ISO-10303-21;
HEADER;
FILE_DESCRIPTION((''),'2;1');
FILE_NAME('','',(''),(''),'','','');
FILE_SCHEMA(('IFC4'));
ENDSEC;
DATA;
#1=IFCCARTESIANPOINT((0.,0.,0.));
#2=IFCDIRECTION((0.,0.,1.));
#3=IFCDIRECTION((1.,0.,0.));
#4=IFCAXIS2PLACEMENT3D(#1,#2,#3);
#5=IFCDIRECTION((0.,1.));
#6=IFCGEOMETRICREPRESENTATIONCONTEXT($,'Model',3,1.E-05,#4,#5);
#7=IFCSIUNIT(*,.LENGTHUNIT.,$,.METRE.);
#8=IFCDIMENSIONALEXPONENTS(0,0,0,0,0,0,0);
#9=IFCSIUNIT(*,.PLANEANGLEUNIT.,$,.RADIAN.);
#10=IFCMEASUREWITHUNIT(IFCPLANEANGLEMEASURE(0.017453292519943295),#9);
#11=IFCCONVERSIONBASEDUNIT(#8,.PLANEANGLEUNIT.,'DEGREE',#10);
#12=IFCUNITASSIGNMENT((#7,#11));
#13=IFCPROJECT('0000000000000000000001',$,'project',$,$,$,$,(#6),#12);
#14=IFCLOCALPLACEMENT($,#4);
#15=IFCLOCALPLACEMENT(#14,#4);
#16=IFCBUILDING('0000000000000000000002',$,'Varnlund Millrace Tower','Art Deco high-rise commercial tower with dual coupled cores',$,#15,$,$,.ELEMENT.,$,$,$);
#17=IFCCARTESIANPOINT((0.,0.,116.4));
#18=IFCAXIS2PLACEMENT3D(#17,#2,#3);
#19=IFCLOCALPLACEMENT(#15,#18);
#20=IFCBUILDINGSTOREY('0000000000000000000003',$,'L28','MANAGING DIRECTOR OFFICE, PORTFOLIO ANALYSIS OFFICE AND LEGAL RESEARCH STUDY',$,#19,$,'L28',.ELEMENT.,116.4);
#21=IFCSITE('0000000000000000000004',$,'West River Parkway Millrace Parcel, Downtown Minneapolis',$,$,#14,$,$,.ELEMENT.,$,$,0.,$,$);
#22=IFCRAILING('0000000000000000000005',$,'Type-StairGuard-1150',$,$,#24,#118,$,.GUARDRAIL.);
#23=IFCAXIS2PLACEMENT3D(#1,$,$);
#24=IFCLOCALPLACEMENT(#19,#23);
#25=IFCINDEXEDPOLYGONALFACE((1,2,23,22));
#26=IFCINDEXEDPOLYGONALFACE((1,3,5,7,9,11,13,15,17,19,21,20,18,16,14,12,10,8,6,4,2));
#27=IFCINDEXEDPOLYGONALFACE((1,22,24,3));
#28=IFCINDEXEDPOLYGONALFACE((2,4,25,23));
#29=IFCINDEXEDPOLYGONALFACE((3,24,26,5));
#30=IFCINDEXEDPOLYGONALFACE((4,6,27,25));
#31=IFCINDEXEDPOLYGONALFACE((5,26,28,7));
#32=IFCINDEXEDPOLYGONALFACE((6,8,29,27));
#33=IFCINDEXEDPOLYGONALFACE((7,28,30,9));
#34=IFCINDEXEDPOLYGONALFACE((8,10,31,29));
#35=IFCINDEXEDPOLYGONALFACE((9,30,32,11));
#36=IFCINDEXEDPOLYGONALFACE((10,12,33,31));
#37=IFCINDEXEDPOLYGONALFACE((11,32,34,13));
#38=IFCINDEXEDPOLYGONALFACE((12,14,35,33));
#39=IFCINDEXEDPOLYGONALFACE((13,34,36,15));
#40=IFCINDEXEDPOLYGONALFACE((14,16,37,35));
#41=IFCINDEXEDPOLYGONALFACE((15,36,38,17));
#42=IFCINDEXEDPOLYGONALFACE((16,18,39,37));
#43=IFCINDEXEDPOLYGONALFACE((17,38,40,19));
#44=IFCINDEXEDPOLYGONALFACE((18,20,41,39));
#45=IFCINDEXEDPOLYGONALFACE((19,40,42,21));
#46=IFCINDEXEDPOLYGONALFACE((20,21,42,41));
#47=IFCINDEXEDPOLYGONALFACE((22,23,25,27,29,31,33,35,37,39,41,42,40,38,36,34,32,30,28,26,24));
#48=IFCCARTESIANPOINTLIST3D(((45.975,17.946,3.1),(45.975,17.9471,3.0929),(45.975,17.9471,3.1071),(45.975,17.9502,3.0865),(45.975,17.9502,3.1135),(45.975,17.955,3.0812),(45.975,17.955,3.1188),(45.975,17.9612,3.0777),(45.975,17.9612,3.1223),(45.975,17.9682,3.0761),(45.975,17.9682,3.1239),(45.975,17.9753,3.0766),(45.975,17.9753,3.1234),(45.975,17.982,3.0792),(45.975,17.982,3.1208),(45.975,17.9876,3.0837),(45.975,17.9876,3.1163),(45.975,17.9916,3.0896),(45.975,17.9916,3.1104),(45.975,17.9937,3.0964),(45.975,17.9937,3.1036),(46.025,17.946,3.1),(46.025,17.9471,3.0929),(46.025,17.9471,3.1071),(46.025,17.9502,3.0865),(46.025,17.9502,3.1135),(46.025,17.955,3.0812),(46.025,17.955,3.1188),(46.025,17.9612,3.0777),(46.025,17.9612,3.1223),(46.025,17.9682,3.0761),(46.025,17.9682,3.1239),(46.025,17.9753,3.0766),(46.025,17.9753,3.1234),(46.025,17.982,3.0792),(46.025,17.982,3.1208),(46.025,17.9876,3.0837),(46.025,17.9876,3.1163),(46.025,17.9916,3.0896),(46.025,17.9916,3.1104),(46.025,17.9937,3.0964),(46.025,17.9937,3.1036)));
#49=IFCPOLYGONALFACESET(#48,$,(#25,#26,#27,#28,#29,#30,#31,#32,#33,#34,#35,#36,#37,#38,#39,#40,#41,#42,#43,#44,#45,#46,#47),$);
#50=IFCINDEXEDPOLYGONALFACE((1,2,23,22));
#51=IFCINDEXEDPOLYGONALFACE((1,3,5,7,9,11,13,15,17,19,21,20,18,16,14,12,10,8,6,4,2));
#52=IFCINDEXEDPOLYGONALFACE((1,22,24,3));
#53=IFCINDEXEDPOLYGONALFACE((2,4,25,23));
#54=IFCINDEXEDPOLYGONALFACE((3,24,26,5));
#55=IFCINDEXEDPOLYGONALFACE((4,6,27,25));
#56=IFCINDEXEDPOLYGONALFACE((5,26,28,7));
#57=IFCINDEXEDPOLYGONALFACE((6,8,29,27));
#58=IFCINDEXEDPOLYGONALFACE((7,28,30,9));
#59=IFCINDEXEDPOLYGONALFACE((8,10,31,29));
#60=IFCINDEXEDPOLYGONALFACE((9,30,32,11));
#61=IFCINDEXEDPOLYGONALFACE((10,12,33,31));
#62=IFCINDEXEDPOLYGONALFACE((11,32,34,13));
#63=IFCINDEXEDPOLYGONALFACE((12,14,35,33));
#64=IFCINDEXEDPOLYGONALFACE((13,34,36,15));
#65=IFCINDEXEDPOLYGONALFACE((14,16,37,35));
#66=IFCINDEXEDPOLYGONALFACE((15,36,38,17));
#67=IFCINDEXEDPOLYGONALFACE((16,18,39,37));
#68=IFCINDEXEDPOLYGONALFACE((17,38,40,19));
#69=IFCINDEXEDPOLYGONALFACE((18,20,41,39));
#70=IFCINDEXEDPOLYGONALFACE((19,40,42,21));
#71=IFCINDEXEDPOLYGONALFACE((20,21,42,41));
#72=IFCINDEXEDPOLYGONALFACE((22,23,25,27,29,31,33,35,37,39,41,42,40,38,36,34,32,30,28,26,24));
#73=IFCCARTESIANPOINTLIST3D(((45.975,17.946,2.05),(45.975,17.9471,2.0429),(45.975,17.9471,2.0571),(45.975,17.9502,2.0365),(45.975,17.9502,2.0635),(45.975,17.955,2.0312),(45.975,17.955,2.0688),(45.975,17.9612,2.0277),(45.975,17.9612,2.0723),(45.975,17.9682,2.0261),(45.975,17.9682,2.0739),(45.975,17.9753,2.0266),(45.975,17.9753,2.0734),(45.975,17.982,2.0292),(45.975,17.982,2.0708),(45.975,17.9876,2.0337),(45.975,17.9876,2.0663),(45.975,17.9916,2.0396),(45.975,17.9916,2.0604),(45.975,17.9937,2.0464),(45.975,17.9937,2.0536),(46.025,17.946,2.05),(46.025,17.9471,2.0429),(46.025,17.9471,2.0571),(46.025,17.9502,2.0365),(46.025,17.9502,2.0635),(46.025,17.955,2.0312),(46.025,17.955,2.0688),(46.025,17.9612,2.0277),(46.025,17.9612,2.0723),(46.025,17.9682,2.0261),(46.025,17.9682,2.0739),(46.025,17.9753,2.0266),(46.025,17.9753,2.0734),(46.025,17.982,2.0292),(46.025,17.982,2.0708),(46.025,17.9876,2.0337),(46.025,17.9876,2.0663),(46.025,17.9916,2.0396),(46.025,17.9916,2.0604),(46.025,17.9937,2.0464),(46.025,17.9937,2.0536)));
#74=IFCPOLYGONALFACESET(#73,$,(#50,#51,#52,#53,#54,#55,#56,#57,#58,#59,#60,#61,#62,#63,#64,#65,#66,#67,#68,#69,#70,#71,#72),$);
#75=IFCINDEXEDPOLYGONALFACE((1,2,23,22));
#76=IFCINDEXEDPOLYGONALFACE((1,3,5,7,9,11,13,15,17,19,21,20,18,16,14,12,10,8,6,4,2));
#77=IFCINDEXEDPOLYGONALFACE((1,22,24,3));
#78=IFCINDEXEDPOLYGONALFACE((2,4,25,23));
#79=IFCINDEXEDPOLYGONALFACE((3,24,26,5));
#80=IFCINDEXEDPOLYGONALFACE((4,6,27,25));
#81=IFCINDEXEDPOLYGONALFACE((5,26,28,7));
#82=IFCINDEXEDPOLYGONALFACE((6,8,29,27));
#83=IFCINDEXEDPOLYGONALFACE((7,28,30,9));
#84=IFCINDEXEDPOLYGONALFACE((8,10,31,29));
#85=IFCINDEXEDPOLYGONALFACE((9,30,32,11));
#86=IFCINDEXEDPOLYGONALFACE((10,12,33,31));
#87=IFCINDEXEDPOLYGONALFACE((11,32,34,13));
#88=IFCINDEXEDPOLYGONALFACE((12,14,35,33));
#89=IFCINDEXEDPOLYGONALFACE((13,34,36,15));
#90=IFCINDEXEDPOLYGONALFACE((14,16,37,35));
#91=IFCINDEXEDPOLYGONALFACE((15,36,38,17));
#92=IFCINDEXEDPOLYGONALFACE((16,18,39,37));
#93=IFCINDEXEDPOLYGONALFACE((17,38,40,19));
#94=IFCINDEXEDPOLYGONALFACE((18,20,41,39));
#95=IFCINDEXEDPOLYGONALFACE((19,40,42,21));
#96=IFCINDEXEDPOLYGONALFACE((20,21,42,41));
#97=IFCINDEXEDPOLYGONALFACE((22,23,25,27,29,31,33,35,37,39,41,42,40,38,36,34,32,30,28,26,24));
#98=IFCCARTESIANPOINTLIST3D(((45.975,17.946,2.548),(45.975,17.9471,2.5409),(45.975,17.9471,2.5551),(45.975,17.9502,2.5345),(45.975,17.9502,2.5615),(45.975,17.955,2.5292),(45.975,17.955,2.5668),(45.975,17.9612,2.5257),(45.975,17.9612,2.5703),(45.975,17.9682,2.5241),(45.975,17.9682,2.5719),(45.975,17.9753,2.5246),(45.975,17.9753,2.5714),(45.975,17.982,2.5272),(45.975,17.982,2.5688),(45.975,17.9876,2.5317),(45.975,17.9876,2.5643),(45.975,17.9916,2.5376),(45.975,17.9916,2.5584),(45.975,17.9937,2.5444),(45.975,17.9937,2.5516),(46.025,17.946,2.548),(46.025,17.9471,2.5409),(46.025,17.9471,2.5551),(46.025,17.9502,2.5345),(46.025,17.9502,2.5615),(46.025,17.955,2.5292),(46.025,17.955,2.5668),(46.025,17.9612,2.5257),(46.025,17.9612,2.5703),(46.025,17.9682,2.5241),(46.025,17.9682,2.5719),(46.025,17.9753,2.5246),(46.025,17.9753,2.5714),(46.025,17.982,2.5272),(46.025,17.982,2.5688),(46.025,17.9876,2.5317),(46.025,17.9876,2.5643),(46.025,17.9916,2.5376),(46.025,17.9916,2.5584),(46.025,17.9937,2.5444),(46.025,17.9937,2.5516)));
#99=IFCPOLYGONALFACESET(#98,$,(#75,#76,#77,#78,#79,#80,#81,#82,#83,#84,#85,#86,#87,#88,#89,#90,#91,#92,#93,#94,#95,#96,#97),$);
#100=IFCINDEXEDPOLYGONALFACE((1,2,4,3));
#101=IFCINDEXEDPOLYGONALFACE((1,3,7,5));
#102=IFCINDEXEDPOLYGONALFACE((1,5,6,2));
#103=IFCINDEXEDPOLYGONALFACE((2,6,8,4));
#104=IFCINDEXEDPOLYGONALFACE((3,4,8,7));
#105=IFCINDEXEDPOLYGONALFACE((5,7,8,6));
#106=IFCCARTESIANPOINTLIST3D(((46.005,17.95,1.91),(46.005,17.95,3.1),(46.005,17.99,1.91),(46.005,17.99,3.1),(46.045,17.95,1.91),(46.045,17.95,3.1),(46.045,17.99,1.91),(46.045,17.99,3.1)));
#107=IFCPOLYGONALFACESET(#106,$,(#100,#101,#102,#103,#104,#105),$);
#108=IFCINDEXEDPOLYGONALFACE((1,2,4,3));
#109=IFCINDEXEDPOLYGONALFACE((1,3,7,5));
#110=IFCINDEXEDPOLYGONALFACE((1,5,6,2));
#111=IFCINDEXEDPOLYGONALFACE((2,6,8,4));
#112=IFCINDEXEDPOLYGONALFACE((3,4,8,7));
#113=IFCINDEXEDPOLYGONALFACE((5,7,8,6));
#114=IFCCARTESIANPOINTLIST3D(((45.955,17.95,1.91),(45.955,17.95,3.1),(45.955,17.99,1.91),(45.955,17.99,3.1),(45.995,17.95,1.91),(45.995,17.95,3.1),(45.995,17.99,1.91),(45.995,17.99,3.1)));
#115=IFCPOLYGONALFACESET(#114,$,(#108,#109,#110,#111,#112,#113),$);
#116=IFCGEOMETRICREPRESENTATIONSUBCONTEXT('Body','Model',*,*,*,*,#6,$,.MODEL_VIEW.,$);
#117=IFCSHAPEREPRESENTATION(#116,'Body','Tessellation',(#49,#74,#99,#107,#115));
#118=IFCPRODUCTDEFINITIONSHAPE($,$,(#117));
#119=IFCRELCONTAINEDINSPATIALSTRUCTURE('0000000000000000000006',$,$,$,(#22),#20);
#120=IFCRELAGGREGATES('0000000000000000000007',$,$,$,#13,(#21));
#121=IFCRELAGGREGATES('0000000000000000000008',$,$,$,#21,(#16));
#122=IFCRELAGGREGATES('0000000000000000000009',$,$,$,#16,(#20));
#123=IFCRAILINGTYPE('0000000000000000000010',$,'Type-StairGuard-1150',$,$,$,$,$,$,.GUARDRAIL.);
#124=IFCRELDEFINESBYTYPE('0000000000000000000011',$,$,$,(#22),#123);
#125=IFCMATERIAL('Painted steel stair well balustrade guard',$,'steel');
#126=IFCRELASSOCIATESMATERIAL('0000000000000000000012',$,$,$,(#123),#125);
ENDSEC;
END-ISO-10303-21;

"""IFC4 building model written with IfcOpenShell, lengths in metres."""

from ifc_helpers import new_model, entity, si_unit, converted_unit, direction, frame, origin_with_axes, origin_2d_with_axis, place, context, subcontext, project, spatial, rectangle, circle, extrude, material, type_object, element, save


model = new_model("IFC4")

# Units and contexts
model_context = context("Model", 3, precision=1e-05, world=origin_with_axes(), true_north=direction((0.0, 1.0)))
body_context = subcontext(model_context, "Body", "Model", "MODEL_VIEW")
ifc_project = project(units=[si_unit("LENGTHUNIT", "METRE"), converted_unit("PLANEANGLEUNIT", "DEGREE", entity("IfcPlaneAngleMeasure", 0.017453292519943295), si_unit("PLANEANGLEUNIT", "RADIAN"), dimensions=[0, 0, 0, 0, 0, 0, 0])], contexts=[model_context])

# Site, building, storey
site_placement = place(None, origin_with_axes())
site = spatial("IfcSite", under=ifc_project, at=site_placement, Name="West River Parkway Millrace Parcel, Downtown Minneapolis", CompositionType="ELEMENT", RefElevation=0.0)
building_placement = place(site_placement, origin_with_axes())
building = spatial("IfcBuilding", under=site, at=building_placement, Name="Varnlund Millrace Tower", Description="Art Deco high-rise commercial tower with dual coupled cores", CompositionType="ELEMENT")
storey_placement = place(building_placement, frame((0.0, 0.0, 116.4), z_axis=(0.0, 0.0, 1.0), x_axis=(1.0, 0.0, 0.0)))
storey = spatial("IfcBuildingStorey", under=building, at=storey_placement, Name="L28", Description="MANAGING DIRECTOR OFFICE, PORTFOLIO ANALYSIS OFFICE AND LEGAL RESEARCH STUDY", LongName="L28", CompositionType="ELEMENT", Elevation=116.4)

# Railing
ifc_material_1 = material(Name="Painted steel stair well balustrade guard", Category="steel")
railing_type_1 = type_object("IfcRailingType", Name="Type-StairGuard-1150", PredefinedType="GUARDRAIL", material=ifc_material_1)
railing_1_placement = place(storey_placement, frame((0.0, 0.0, -116.4), z_axis=(0.0, 0.0, 1.0), x_axis=(1.0, 0.0, 0.0)))
element("IfcRailing", 1, at=railing_1_placement, inside=storey, type_object=railing_type_1, Name="Type-StairGuard-1150", PredefinedType="GUARDRAIL", context=body_context, shape_type="SweptSolid", body=[
    extrude(circle(Radius=0.024, at=origin_2d_with_axis()), frame((46.025, 17.97, 119.5), z_axis=(-1.0, 0.0, 0.0), x_axis=(0.0, -1.0, 0.0)), (0.0, 0.0, 1.0), 0.05),
    extrude(circle(Radius=0.024, at=origin_2d_with_axis()), frame((46.025, 17.97, 118.45), z_axis=(-1.0, 0.0, 0.0), x_axis=(0.0, -1.0, 0.0)), (0.0, 0.0, 1.0), 0.05),
    extrude(circle(Radius=0.024, at=origin_2d_with_axis()), frame((46.025, 17.97, 118.948), z_axis=(-1.0, 0.0, 0.0), x_axis=(0.0, -1.0, 0.0)), (0.0, 0.0, 1.0), 0.05),
    extrude(rectangle(XDim=0.04, YDim=0.04, at=origin_2d_with_axis()), frame((46.025, 17.97, 118.31), z_axis=(0.0, 0.0, 1.0), x_axis=(1.0, 0.0, 0.0)), (0.0, 0.0, 1.0), 1.19),
    extrude(rectangle(XDim=0.04, YDim=0.04, at=origin_2d_with_axis()), frame((45.975, 17.97, 118.31), z_axis=(0.0, 0.0, 1.0), x_axis=(1.0, 0.0, 0.0)), (0.0, 0.0, 1.0), 1.19),
])

save(model, "model.ifc")
